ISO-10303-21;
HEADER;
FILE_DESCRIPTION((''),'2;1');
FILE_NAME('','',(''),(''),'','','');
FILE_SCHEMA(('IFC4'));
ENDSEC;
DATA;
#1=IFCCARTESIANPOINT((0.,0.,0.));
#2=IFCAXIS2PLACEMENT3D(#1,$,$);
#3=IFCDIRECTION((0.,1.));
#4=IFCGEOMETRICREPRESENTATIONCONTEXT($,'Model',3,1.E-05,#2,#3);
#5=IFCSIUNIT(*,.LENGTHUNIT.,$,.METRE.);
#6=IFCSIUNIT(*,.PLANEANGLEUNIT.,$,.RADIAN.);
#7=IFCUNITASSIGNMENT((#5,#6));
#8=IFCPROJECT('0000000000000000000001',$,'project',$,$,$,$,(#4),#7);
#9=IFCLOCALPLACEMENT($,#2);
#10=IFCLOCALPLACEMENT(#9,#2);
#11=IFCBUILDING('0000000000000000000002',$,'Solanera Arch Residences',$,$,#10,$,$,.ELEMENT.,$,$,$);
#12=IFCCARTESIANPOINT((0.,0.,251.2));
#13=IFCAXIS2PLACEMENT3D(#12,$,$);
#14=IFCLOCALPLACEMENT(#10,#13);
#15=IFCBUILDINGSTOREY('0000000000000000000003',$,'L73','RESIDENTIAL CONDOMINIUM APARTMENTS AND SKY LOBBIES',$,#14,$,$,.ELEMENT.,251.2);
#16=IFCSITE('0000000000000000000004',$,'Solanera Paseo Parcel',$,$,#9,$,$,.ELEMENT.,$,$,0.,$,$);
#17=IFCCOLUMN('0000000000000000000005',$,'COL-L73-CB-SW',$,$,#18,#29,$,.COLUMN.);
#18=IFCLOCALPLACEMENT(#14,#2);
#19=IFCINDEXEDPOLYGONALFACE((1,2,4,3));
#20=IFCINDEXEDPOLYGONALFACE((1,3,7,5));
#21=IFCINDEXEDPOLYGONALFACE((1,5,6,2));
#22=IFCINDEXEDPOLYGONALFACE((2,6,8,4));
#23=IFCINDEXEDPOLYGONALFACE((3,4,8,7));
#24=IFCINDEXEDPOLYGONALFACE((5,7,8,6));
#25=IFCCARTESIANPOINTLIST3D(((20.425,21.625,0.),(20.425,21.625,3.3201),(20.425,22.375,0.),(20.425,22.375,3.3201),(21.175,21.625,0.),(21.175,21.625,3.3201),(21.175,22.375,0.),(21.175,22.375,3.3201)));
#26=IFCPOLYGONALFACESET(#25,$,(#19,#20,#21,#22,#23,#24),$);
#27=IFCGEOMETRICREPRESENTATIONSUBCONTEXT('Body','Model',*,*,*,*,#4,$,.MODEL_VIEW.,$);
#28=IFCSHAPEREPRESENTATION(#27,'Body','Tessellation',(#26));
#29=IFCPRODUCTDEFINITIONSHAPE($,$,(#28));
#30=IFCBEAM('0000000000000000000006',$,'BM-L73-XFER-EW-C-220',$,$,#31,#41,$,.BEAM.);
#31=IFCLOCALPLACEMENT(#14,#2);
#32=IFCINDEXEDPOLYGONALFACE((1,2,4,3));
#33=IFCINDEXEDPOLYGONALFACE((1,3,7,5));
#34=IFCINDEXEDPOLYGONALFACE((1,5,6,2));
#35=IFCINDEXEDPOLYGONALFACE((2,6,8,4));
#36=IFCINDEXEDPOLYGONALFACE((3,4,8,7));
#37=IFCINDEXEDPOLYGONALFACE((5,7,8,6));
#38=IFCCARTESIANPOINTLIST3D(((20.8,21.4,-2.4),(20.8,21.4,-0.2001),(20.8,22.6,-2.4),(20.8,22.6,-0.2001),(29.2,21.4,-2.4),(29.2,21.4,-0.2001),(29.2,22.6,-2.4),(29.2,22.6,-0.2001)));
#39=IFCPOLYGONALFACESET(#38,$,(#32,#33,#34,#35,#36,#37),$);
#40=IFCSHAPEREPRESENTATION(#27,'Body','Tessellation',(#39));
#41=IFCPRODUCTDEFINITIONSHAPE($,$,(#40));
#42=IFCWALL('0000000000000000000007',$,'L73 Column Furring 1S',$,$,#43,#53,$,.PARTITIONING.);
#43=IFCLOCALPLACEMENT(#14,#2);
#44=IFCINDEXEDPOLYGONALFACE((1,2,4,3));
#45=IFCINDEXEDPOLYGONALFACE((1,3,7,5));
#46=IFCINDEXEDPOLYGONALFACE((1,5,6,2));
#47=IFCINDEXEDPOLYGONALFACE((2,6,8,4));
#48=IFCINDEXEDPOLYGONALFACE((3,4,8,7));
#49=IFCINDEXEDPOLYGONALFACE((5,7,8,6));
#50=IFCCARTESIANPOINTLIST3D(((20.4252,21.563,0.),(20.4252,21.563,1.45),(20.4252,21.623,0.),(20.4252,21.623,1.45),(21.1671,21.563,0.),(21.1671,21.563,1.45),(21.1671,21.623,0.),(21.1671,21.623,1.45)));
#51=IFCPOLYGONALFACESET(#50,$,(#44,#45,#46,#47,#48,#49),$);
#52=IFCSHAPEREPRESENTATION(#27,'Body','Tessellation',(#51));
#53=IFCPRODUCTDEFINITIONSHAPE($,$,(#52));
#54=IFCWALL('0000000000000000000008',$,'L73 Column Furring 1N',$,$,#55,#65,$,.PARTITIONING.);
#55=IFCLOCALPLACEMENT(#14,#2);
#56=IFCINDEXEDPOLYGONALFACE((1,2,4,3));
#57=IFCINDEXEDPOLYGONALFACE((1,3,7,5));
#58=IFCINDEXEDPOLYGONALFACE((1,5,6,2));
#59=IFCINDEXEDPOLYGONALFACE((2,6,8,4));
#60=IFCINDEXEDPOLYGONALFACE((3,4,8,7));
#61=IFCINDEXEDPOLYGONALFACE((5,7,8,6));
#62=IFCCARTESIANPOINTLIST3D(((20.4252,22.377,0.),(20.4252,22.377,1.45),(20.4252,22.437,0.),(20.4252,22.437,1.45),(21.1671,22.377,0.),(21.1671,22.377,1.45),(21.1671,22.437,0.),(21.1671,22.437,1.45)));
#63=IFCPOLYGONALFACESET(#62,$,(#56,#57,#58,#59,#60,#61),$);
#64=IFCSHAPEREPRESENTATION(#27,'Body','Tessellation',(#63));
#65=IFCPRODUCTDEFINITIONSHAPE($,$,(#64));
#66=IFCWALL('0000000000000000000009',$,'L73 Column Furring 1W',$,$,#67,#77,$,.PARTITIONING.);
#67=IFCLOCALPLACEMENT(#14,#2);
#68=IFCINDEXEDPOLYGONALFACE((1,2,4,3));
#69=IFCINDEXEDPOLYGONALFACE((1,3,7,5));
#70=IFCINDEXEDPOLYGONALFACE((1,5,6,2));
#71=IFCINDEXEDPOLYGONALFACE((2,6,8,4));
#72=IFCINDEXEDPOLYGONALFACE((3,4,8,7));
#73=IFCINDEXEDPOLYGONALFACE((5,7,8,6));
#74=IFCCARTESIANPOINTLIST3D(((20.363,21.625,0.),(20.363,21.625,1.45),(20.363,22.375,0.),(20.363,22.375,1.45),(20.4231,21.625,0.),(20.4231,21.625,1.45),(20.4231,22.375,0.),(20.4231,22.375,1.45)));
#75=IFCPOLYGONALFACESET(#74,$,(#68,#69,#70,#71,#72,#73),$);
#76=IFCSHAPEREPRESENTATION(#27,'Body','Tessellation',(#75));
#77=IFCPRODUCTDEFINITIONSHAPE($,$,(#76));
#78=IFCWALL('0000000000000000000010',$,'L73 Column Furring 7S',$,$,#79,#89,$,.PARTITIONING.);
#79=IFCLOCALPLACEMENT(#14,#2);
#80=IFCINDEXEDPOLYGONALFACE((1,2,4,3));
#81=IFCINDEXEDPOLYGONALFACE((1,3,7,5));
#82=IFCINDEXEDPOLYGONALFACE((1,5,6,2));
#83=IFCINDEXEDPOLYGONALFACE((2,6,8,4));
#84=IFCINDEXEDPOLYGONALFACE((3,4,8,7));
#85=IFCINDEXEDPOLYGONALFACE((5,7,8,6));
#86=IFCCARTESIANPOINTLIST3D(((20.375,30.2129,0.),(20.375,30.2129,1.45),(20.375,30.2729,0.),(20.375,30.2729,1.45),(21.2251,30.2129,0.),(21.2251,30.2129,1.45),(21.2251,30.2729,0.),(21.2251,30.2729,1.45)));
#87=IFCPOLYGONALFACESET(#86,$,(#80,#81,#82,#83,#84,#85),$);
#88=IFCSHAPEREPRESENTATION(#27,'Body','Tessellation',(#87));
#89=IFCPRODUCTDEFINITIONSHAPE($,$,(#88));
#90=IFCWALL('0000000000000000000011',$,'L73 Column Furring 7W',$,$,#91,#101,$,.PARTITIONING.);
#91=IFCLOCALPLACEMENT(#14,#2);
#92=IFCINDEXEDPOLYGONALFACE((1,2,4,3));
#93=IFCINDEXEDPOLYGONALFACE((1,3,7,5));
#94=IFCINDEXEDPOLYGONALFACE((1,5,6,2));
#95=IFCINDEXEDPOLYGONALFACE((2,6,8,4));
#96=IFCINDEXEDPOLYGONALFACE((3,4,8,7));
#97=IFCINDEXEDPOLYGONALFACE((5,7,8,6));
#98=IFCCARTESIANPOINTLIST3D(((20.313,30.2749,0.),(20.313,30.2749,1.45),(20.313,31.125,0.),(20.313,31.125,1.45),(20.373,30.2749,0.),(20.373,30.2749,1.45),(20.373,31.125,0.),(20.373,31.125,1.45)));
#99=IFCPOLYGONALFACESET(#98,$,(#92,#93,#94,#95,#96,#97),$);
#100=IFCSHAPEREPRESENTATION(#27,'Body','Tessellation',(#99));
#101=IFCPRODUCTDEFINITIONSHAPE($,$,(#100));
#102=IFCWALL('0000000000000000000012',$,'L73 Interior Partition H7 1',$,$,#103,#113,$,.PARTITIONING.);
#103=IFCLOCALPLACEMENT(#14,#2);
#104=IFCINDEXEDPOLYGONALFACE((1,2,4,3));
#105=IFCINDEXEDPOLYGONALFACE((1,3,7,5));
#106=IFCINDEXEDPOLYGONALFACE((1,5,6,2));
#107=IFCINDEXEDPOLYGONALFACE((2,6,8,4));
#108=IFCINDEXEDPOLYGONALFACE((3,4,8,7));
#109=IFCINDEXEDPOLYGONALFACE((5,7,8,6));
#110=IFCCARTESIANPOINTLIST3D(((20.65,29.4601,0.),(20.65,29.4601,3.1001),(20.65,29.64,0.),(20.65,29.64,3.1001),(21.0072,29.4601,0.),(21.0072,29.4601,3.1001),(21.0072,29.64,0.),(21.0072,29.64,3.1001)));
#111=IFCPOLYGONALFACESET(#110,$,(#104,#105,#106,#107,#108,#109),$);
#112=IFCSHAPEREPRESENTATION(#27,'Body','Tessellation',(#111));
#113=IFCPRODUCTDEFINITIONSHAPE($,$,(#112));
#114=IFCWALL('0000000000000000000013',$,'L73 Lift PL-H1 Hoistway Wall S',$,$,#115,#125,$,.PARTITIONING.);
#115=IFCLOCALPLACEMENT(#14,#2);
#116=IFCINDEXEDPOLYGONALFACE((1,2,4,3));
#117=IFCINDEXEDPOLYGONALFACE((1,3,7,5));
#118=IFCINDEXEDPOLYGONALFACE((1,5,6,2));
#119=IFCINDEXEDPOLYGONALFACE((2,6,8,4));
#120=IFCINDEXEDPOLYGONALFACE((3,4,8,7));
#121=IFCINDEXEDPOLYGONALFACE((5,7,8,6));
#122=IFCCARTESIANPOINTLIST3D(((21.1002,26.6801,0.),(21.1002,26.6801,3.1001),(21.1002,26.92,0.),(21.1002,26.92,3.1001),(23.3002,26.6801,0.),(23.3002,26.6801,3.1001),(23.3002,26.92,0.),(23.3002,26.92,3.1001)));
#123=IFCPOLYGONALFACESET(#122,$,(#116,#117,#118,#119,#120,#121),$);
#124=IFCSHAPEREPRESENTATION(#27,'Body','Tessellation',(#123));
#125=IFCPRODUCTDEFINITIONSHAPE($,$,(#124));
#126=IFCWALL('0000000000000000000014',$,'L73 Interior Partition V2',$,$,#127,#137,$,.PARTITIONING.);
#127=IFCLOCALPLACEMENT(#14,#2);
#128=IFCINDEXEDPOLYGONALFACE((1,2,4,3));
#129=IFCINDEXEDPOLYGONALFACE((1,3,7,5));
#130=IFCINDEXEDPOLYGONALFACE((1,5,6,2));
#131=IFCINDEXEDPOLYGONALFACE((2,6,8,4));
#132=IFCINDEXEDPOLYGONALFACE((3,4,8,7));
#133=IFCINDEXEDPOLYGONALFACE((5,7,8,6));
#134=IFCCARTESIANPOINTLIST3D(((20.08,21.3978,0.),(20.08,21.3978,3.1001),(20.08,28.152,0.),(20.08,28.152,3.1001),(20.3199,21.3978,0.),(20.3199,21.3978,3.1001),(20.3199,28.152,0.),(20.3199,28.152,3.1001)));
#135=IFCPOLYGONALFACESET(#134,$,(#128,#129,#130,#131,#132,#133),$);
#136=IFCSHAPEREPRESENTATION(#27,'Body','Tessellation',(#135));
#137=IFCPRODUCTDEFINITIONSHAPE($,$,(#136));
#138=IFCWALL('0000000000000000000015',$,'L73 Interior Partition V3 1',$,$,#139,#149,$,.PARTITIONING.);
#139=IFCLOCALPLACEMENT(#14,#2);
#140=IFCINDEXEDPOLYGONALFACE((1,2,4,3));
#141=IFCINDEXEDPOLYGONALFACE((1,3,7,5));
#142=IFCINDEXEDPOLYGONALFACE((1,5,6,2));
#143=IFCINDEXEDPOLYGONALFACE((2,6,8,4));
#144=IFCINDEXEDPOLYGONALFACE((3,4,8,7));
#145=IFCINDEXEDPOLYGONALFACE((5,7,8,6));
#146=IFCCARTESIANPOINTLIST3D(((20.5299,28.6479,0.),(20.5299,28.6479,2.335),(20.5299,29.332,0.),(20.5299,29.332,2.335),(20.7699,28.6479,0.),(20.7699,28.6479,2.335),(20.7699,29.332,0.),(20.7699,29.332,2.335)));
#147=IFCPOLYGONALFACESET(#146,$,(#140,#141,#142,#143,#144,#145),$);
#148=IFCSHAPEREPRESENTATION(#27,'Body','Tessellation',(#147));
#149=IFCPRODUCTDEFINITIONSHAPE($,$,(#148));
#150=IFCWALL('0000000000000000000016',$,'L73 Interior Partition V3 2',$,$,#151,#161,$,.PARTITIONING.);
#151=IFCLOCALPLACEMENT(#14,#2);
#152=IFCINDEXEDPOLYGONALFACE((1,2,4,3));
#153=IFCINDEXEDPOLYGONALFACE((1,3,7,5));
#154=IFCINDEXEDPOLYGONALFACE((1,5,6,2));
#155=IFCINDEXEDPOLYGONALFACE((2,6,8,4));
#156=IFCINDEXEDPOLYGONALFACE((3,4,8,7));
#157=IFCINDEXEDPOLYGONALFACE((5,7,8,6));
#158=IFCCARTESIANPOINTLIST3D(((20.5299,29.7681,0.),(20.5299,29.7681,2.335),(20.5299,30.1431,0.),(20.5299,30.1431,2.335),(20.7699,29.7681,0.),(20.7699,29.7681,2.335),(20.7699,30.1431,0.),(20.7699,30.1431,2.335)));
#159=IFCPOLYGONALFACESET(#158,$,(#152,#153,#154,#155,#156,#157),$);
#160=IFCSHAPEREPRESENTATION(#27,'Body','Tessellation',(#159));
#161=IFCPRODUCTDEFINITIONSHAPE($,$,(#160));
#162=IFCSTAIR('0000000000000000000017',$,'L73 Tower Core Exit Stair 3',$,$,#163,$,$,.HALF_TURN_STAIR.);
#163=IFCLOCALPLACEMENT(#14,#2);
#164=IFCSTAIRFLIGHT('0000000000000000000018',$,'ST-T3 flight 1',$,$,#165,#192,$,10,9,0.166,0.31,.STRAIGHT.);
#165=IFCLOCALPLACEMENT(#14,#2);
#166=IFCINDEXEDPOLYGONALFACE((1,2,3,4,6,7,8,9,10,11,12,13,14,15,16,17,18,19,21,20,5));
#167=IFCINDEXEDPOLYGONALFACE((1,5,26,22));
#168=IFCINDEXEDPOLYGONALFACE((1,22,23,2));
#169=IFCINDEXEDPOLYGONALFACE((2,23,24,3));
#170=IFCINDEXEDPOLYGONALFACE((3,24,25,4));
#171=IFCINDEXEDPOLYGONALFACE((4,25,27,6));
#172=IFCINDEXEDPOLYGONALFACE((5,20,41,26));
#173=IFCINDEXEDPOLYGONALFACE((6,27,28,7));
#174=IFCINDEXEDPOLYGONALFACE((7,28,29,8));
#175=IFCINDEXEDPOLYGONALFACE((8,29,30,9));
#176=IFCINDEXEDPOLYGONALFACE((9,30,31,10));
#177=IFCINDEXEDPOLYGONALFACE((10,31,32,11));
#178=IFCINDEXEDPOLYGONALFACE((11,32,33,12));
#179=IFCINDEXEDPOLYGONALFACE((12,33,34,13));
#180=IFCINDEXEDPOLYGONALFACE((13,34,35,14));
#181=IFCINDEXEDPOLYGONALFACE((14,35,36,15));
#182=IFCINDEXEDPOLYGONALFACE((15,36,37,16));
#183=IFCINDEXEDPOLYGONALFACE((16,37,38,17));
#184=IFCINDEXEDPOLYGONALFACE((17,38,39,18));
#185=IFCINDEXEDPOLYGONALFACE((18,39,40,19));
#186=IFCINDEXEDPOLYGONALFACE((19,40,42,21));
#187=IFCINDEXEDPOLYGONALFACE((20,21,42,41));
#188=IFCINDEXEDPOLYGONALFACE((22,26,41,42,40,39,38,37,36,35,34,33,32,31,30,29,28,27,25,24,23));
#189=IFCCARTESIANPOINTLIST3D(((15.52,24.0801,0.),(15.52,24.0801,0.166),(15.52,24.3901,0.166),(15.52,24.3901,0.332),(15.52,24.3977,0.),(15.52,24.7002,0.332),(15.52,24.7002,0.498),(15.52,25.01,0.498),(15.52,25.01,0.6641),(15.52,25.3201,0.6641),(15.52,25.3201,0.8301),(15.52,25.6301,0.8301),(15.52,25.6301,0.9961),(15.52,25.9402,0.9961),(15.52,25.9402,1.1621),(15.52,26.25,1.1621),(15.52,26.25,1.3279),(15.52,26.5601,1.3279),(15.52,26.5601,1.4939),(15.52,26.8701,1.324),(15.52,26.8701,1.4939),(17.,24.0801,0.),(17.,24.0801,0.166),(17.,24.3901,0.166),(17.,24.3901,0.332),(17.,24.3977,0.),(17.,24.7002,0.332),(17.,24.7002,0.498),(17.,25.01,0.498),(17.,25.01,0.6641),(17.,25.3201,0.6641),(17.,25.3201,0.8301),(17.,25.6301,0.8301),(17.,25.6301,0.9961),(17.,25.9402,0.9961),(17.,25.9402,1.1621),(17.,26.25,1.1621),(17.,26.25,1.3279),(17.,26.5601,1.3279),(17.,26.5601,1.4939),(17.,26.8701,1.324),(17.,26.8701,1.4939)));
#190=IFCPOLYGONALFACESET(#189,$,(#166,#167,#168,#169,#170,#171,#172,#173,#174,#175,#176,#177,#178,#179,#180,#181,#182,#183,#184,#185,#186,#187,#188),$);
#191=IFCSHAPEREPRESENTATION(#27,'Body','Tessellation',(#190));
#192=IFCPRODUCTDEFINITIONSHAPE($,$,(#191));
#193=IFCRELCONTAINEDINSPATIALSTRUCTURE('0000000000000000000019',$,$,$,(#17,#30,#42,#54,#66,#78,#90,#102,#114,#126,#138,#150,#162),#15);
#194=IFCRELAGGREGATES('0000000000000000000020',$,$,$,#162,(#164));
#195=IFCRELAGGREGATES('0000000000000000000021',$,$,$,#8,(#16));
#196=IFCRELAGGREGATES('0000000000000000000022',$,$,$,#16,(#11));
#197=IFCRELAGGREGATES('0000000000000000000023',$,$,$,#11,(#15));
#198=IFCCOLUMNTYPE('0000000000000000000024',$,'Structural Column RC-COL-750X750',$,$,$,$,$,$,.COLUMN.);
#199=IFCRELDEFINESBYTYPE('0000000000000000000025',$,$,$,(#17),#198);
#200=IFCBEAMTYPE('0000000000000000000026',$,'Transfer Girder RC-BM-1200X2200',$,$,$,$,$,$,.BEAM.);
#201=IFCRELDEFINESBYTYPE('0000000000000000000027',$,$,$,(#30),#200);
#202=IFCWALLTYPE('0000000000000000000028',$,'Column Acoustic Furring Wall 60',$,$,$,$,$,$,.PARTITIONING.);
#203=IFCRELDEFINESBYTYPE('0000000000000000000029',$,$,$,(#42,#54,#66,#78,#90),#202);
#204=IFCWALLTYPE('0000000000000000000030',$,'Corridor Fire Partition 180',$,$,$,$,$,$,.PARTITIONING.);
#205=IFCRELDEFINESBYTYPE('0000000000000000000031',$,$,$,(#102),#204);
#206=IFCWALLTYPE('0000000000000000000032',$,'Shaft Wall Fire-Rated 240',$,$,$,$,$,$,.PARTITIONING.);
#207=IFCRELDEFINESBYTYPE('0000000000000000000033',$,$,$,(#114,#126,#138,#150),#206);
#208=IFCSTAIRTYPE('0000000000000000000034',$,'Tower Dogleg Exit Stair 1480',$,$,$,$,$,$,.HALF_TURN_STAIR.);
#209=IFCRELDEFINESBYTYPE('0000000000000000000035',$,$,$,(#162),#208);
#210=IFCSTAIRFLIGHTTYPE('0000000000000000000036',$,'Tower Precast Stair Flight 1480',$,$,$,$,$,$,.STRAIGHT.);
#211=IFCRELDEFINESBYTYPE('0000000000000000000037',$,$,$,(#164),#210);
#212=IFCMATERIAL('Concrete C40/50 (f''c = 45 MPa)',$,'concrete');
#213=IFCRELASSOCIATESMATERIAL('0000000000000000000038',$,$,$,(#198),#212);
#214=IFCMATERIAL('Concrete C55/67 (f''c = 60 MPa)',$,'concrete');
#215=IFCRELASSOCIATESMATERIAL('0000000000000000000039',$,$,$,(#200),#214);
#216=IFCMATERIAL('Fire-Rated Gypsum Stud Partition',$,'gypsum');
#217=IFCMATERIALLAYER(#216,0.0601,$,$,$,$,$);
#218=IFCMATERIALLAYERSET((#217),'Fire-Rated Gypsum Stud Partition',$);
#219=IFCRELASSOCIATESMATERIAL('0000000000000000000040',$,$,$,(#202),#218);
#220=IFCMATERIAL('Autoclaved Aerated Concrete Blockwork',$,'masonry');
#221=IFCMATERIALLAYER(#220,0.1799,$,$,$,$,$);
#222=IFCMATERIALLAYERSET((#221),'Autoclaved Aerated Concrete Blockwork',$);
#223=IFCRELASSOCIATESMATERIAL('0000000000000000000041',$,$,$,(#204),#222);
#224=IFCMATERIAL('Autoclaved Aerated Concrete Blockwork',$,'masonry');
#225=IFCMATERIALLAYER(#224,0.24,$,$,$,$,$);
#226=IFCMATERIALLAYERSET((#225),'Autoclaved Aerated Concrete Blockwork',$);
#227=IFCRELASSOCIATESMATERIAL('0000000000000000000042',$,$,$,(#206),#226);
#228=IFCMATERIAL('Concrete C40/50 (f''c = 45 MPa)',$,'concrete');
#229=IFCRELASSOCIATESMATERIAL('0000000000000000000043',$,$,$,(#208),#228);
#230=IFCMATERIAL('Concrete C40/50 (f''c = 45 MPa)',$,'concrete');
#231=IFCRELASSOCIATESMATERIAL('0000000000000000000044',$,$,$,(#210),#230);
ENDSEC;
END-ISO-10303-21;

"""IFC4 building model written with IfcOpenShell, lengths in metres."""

from ifc_helpers import new_model, si_unit, direction, frame, frame_2d, origin, origin_2d, place, context, subcontext, project, spatial, polyline, rectangle, outline, extrude, material, layer, layer_set, material_profile, profile_set, type_object, element, aggregate, save


model = new_model("IFC4")

# Units and contexts
model_context = context("Model", 3, precision=1e-05, world=origin(), true_north=direction((0.0, 1.0)))
body_context = subcontext(model_context, "Body", "Model", "MODEL_VIEW")
ifc_project = project(units=[si_unit("LENGTHUNIT", "METRE"), si_unit("PLANEANGLEUNIT", "RADIAN")], contexts=[model_context])

# Site, building, storey
site_placement = place(None, origin())
site = spatial("IfcSite", under=ifc_project, at=site_placement, Name="Solanera Paseo Parcel", CompositionType="ELEMENT", RefElevation=0.0)
building_placement = place(site_placement, origin())
building = spatial("IfcBuilding", under=site, at=building_placement, Name="Solanera Arch Residences", CompositionType="ELEMENT")
storey_placement = place(building_placement, frame((0.0, 0.0, 251.2)))
storey = spatial("IfcBuildingStorey", under=building, at=storey_placement, Name="L73", Description="RESIDENTIAL CONDOMINIUM APARTMENTS AND SKY LOBBIES", CompositionType="ELEMENT", Elevation=251.2)

# Column
ifc_material_1 = material(Name="Concrete C40/50 (f'c = 45 MPa)", Category="concrete")
ifc_material_profile_1 = material_profile(ifc_material_1, rectangle(XDim=0.75, YDim=0.75, at=origin_2d()))
ifc_profile_set_1 = profile_set([ifc_material_profile_1], Name="Concrete C40/50 (f'c = 45 MPa)")
column_type = type_object("IfcColumnType", Name="Structural Column RC-COL-750X750", PredefinedType="COLUMN", material=ifc_profile_set_1)
column_placement = place(storey_placement, frame((20.8, 22.0, 0.0), z_axis=(0.0, 0.0, 1.0), x_axis=(1.0, 0.0, 0.0)))
element("IfcColumn", 1, at=column_placement, inside=storey, type_object=column_type, Name="COL-L73-CB-SW", PredefinedType="COLUMN", context=body_context, shape_type="SweptSolid", body=[
    extrude(rectangle(XDim=0.75, YDim=0.75, at=origin_2d()), origin(), (0.0, 0.0, 1.0), 3.3201),
])

# Beam
ifc_material_2 = material(Name="Concrete C55/67 (f'c = 60 MPa)", Category="concrete")
ifc_material_profile_2 = material_profile(ifc_material_2, rectangle(XDim=1.2, YDim=2.2, at=origin_2d()))
ifc_profile_set_2 = profile_set([ifc_material_profile_2], Name="Concrete C55/67 (f'c = 60 MPa)")
beam_type = type_object("IfcBeamType", Name="Transfer Girder RC-BM-1200X2200", PredefinedType="BEAM", material=ifc_profile_set_2)
beam_placement = place(storey_placement, frame((20.8, 22.0, -1.3), z_axis=(1.0, 0.0, 0.0), x_axis=(0.0, 1.0, 0.0)))
element("IfcBeam", 2, at=beam_placement, inside=storey, type_object=beam_type, Name="BM-L73-XFER-EW-C-220", PredefinedType="BEAM", context=body_context, shape_type="SweptSolid", body=[
    extrude(rectangle(XDim=1.2, YDim=2.2, at=origin_2d()), origin(), (0.0, 0.0, 1.0), 8.3999),
])

# Walls
ifc_material_3 = material(Name="Fire-Rated Gypsum Stud Partition", Category="gypsum")
ifc_layer_1 = layer(ifc_material_3, 0.0601)
ifc_layer_set_1 = layer_set([ifc_layer_1], Name="Fire-Rated Gypsum Stud Partition")
wall_type_1 = type_object("IfcWallType", Name="Column Acoustic Furring Wall 60", PredefinedType="PARTITIONING", material=ifc_layer_set_1)
for number, where, z_axis, x_axis, name in (
    (3, (20.425, 21.593, 0.0), (0.0, 0.0, 1.0), (1.0, 0.0, 0.0), "L73 Column Furring 1S"),
    (4, (20.425, 22.407, 0.0), (0.0, 0.0, 1.0), (1.0, 0.0, 0.0), "L73 Column Furring 1N"),
):
    element("IfcWall", number, at=place(storey_placement, frame(where, z_axis=z_axis, x_axis=x_axis)), inside=storey, type_object=wall_type_1, Name=name, PredefinedType="PARTITIONING", context=body_context, shape_type="SweptSolid", body=[
        extrude(rectangle(XDim=0.7419, YDim=0.0601, at=frame_2d((0.3711, 0.0))), origin(), (0.0, 0.0, 1.0), 1.45),
    ])
wall_1_placement = place(storey_placement, frame((20.3931, 21.625, 0.0), z_axis=(0.0, 0.0, 1.0), x_axis=(0.0, 1.0, 0.0)))
element("IfcWall", 5, at=wall_1_placement, inside=storey, type_object=wall_type_1, Name="L73 Column Furring 1W", PredefinedType="PARTITIONING", context=body_context, shape_type="SweptSolid", body=[
    extrude(rectangle(XDim=0.75, YDim=0.0601, at=frame_2d((0.375, 0.0))), origin(), (0.0, 0.0, 1.0), 1.45),
])
for number, where, z_axis, x_axis, name in (
    (6, (20.375, 30.2429, 0.0), (0.0, 0.0, 1.0), (1.0, 0.0, 0.0), "L73 Column Furring 7S"),
    (7, (20.343, 30.2749, 0.0), (0.0, 0.0, 1.0), (0.0, 1.0, 0.0), "L73 Column Furring 7W"),
):
    element("IfcWall", number, at=place(storey_placement, frame(where, z_axis=z_axis, x_axis=x_axis)), inside=storey, type_object=wall_type_1, Name=name, PredefinedType="PARTITIONING", context=body_context, shape_type="SweptSolid", body=[
        extrude(rectangle(XDim=0.8501, YDim=0.0601, at=frame_2d((0.425, 0.0))), origin(), (0.0, 0.0, 1.0), 1.45),
    ])

# Walls
ifc_material_4 = material(Name="Autoclaved Aerated Concrete Blockwork", Category="masonry")
ifc_layer_2 = layer(ifc_material_4, 0.1799)
ifc_layer_set_2 = layer_set([ifc_layer_2], Name="Autoclaved Aerated Concrete Blockwork")
wall_type_2 = type_object("IfcWallType", Name="Corridor Fire Partition 180", PredefinedType="PARTITIONING", material=ifc_layer_set_2)
wall_2_placement = place(storey_placement, frame((20.6499, 29.55, 0.0), z_axis=(0.0, 0.0, 1.0), x_axis=(1.0, 0.0, 0.0)))
element("IfcWall", 8, at=wall_2_placement, inside=storey, type_object=wall_type_2, Name="L73 Interior Partition H7 1", PredefinedType="PARTITIONING", context=body_context, shape_type="SweptSolid", body=[
    extrude(rectangle(XDim=0.3572, YDim=0.1799, at=frame_2d((0.1787, 0.0))), origin(), (0.0, 0.0, 1.0), 3.1001),
])
ifc_material_5 = material(Name="Autoclaved Aerated Concrete Blockwork", Category="masonry")
ifc_layer_3 = layer(ifc_material_5, 0.24)
ifc_layer_set_3 = layer_set([ifc_layer_3], Name="Autoclaved Aerated Concrete Blockwork")
wall_type_3 = type_object("IfcWallType", Name="Shaft Wall Fire-Rated 240", PredefinedType="PARTITIONING", material=ifc_layer_set_3)
wall_3_placement = place(storey_placement, frame((21.1001, 26.8, 0.0), z_axis=(0.0, 0.0, 1.0), x_axis=(1.0, 0.0, 0.0)))
element("IfcWall", 9, at=wall_3_placement, inside=storey, type_object=wall_type_3, Name="L73 Lift PL-H1 Hoistway Wall S", PredefinedType="PARTITIONING", context=body_context, shape_type="SweptSolid", body=[
    extrude(rectangle(XDim=2.2, YDim=0.24, at=frame_2d((1.1001, 0.0))), origin(), (0.0, 0.0, 1.0), 3.1001),
])

# Walls
wall_4_placement = place(storey_placement, frame((20.2, 21.3979, 0.0), z_axis=(0.0, 0.0, 1.0), x_axis=(0.0, 1.0, 0.0)))
element("IfcWall", 10, at=wall_4_placement, inside=storey, type_object=wall_type_3, Name="L73 Interior Partition V2", PredefinedType="PARTITIONING", context=body_context, shape_type="SweptSolid", body=[
    extrude(rectangle(XDim=6.7542, YDim=0.24, at=frame_2d((3.377, 0.0))), origin(), (0.0, 0.0, 1.0), 3.1001),
])
wall_5_placement = place(storey_placement, frame((20.6499, 28.6479, 0.0), z_axis=(0.0, 0.0, 1.0), x_axis=(0.0, 1.0, 0.0)))
element("IfcWall", 11, at=wall_5_placement, inside=storey, type_object=wall_type_3, Name="L73 Interior Partition V3 1", PredefinedType="PARTITIONING", context=body_context, shape_type="SweptSolid", body=[
    extrude(rectangle(XDim=0.6841, YDim=0.24, at=frame_2d((0.342, 0.0))), origin(), (0.0, 0.0, 1.0), 2.335),
])
wall_6_placement = place(storey_placement, frame((20.6499, 29.7681, 0.0), z_axis=(0.0, 0.0, 1.0), x_axis=(0.0, 1.0, 0.0)))
element("IfcWall", 12, at=wall_6_placement, inside=storey, type_object=wall_type_3, Name="L73 Interior Partition V3 2", PredefinedType="PARTITIONING", context=body_context, shape_type="SweptSolid", body=[
    extrude(rectangle(XDim=0.375, YDim=0.24, at=frame_2d((0.1875, 0.0))), origin(), (0.0, 0.0, 1.0), 2.335),
])

# Stair, stair flight
ifc_material_6 = material(Name="Concrete C40/50 (f'c = 45 MPa)", Category="concrete")
stair_type = type_object("IfcStairType", Name="Tower Dogleg Exit Stair 1480", PredefinedType="HALF_TURN_STAIR", material=ifc_material_6)
stair_placement = place(storey_placement, origin())
stair = element("IfcStair", 13, at=stair_placement, inside=storey, type_object=stair_type, Name="L73 Tower Core Exit Stair 3", PredefinedType="HALF_TURN_STAIR")
ifc_material_7 = material(Name="Concrete C40/50 (f'c = 45 MPa)", Category="concrete")
stair_flight_type = type_object("IfcStairFlightType", Name="Tower Precast Stair Flight 1480", PredefinedType="STRAIGHT", material=ifc_material_7)
stair_flight_placement = place(storey_placement, frame((16.26, 24.0801, 0.0), z_axis=(0.0, 0.0, 1.0), x_axis=(0.0, 1.0, 0.0)))
stair_flight = element("IfcStairFlight", 14, at=stair_flight_placement, type_object=stair_flight_type, Name="ST-T3 flight 1", NumberOfRisers=10, NumberOfTreads=9, PredefinedType="STRAIGHT", RiserHeight=0.166, TreadLength=0.31, context=body_context, shape_type="SweptSolid", body=[
    extrude(outline(polyline([(0.0, 0.0), (0.0, 0.166), (0.3101, 0.166), (0.3101, 0.332), (0.6201, 0.332), (0.6201, 0.498), (0.9299, 0.498), (0.9299, 0.6641), (1.24, 0.6641), (1.24, 0.8301), (1.55, 0.8301), (1.55, 0.9961), (1.8601, 0.9961), (1.8601, 1.1621), (2.1699, 1.1621), (2.1699, 1.3279), (2.48, 1.3279), (2.48, 1.4939), (2.79, 1.4939), (2.79, 1.6599), (2.79, 1.324), (0.3176, 0.0), (0.0, 0.0)])), frame((0.0, 0.74, 0.0), z_axis=(0.0, -1.0, 0.0), x_axis=(1.0, 0.0, 0.0)), (0.0, 0.0, 1.0), 1.48),
])
aggregate(stair, [stair_flight])

save(model, "model.ifc")
